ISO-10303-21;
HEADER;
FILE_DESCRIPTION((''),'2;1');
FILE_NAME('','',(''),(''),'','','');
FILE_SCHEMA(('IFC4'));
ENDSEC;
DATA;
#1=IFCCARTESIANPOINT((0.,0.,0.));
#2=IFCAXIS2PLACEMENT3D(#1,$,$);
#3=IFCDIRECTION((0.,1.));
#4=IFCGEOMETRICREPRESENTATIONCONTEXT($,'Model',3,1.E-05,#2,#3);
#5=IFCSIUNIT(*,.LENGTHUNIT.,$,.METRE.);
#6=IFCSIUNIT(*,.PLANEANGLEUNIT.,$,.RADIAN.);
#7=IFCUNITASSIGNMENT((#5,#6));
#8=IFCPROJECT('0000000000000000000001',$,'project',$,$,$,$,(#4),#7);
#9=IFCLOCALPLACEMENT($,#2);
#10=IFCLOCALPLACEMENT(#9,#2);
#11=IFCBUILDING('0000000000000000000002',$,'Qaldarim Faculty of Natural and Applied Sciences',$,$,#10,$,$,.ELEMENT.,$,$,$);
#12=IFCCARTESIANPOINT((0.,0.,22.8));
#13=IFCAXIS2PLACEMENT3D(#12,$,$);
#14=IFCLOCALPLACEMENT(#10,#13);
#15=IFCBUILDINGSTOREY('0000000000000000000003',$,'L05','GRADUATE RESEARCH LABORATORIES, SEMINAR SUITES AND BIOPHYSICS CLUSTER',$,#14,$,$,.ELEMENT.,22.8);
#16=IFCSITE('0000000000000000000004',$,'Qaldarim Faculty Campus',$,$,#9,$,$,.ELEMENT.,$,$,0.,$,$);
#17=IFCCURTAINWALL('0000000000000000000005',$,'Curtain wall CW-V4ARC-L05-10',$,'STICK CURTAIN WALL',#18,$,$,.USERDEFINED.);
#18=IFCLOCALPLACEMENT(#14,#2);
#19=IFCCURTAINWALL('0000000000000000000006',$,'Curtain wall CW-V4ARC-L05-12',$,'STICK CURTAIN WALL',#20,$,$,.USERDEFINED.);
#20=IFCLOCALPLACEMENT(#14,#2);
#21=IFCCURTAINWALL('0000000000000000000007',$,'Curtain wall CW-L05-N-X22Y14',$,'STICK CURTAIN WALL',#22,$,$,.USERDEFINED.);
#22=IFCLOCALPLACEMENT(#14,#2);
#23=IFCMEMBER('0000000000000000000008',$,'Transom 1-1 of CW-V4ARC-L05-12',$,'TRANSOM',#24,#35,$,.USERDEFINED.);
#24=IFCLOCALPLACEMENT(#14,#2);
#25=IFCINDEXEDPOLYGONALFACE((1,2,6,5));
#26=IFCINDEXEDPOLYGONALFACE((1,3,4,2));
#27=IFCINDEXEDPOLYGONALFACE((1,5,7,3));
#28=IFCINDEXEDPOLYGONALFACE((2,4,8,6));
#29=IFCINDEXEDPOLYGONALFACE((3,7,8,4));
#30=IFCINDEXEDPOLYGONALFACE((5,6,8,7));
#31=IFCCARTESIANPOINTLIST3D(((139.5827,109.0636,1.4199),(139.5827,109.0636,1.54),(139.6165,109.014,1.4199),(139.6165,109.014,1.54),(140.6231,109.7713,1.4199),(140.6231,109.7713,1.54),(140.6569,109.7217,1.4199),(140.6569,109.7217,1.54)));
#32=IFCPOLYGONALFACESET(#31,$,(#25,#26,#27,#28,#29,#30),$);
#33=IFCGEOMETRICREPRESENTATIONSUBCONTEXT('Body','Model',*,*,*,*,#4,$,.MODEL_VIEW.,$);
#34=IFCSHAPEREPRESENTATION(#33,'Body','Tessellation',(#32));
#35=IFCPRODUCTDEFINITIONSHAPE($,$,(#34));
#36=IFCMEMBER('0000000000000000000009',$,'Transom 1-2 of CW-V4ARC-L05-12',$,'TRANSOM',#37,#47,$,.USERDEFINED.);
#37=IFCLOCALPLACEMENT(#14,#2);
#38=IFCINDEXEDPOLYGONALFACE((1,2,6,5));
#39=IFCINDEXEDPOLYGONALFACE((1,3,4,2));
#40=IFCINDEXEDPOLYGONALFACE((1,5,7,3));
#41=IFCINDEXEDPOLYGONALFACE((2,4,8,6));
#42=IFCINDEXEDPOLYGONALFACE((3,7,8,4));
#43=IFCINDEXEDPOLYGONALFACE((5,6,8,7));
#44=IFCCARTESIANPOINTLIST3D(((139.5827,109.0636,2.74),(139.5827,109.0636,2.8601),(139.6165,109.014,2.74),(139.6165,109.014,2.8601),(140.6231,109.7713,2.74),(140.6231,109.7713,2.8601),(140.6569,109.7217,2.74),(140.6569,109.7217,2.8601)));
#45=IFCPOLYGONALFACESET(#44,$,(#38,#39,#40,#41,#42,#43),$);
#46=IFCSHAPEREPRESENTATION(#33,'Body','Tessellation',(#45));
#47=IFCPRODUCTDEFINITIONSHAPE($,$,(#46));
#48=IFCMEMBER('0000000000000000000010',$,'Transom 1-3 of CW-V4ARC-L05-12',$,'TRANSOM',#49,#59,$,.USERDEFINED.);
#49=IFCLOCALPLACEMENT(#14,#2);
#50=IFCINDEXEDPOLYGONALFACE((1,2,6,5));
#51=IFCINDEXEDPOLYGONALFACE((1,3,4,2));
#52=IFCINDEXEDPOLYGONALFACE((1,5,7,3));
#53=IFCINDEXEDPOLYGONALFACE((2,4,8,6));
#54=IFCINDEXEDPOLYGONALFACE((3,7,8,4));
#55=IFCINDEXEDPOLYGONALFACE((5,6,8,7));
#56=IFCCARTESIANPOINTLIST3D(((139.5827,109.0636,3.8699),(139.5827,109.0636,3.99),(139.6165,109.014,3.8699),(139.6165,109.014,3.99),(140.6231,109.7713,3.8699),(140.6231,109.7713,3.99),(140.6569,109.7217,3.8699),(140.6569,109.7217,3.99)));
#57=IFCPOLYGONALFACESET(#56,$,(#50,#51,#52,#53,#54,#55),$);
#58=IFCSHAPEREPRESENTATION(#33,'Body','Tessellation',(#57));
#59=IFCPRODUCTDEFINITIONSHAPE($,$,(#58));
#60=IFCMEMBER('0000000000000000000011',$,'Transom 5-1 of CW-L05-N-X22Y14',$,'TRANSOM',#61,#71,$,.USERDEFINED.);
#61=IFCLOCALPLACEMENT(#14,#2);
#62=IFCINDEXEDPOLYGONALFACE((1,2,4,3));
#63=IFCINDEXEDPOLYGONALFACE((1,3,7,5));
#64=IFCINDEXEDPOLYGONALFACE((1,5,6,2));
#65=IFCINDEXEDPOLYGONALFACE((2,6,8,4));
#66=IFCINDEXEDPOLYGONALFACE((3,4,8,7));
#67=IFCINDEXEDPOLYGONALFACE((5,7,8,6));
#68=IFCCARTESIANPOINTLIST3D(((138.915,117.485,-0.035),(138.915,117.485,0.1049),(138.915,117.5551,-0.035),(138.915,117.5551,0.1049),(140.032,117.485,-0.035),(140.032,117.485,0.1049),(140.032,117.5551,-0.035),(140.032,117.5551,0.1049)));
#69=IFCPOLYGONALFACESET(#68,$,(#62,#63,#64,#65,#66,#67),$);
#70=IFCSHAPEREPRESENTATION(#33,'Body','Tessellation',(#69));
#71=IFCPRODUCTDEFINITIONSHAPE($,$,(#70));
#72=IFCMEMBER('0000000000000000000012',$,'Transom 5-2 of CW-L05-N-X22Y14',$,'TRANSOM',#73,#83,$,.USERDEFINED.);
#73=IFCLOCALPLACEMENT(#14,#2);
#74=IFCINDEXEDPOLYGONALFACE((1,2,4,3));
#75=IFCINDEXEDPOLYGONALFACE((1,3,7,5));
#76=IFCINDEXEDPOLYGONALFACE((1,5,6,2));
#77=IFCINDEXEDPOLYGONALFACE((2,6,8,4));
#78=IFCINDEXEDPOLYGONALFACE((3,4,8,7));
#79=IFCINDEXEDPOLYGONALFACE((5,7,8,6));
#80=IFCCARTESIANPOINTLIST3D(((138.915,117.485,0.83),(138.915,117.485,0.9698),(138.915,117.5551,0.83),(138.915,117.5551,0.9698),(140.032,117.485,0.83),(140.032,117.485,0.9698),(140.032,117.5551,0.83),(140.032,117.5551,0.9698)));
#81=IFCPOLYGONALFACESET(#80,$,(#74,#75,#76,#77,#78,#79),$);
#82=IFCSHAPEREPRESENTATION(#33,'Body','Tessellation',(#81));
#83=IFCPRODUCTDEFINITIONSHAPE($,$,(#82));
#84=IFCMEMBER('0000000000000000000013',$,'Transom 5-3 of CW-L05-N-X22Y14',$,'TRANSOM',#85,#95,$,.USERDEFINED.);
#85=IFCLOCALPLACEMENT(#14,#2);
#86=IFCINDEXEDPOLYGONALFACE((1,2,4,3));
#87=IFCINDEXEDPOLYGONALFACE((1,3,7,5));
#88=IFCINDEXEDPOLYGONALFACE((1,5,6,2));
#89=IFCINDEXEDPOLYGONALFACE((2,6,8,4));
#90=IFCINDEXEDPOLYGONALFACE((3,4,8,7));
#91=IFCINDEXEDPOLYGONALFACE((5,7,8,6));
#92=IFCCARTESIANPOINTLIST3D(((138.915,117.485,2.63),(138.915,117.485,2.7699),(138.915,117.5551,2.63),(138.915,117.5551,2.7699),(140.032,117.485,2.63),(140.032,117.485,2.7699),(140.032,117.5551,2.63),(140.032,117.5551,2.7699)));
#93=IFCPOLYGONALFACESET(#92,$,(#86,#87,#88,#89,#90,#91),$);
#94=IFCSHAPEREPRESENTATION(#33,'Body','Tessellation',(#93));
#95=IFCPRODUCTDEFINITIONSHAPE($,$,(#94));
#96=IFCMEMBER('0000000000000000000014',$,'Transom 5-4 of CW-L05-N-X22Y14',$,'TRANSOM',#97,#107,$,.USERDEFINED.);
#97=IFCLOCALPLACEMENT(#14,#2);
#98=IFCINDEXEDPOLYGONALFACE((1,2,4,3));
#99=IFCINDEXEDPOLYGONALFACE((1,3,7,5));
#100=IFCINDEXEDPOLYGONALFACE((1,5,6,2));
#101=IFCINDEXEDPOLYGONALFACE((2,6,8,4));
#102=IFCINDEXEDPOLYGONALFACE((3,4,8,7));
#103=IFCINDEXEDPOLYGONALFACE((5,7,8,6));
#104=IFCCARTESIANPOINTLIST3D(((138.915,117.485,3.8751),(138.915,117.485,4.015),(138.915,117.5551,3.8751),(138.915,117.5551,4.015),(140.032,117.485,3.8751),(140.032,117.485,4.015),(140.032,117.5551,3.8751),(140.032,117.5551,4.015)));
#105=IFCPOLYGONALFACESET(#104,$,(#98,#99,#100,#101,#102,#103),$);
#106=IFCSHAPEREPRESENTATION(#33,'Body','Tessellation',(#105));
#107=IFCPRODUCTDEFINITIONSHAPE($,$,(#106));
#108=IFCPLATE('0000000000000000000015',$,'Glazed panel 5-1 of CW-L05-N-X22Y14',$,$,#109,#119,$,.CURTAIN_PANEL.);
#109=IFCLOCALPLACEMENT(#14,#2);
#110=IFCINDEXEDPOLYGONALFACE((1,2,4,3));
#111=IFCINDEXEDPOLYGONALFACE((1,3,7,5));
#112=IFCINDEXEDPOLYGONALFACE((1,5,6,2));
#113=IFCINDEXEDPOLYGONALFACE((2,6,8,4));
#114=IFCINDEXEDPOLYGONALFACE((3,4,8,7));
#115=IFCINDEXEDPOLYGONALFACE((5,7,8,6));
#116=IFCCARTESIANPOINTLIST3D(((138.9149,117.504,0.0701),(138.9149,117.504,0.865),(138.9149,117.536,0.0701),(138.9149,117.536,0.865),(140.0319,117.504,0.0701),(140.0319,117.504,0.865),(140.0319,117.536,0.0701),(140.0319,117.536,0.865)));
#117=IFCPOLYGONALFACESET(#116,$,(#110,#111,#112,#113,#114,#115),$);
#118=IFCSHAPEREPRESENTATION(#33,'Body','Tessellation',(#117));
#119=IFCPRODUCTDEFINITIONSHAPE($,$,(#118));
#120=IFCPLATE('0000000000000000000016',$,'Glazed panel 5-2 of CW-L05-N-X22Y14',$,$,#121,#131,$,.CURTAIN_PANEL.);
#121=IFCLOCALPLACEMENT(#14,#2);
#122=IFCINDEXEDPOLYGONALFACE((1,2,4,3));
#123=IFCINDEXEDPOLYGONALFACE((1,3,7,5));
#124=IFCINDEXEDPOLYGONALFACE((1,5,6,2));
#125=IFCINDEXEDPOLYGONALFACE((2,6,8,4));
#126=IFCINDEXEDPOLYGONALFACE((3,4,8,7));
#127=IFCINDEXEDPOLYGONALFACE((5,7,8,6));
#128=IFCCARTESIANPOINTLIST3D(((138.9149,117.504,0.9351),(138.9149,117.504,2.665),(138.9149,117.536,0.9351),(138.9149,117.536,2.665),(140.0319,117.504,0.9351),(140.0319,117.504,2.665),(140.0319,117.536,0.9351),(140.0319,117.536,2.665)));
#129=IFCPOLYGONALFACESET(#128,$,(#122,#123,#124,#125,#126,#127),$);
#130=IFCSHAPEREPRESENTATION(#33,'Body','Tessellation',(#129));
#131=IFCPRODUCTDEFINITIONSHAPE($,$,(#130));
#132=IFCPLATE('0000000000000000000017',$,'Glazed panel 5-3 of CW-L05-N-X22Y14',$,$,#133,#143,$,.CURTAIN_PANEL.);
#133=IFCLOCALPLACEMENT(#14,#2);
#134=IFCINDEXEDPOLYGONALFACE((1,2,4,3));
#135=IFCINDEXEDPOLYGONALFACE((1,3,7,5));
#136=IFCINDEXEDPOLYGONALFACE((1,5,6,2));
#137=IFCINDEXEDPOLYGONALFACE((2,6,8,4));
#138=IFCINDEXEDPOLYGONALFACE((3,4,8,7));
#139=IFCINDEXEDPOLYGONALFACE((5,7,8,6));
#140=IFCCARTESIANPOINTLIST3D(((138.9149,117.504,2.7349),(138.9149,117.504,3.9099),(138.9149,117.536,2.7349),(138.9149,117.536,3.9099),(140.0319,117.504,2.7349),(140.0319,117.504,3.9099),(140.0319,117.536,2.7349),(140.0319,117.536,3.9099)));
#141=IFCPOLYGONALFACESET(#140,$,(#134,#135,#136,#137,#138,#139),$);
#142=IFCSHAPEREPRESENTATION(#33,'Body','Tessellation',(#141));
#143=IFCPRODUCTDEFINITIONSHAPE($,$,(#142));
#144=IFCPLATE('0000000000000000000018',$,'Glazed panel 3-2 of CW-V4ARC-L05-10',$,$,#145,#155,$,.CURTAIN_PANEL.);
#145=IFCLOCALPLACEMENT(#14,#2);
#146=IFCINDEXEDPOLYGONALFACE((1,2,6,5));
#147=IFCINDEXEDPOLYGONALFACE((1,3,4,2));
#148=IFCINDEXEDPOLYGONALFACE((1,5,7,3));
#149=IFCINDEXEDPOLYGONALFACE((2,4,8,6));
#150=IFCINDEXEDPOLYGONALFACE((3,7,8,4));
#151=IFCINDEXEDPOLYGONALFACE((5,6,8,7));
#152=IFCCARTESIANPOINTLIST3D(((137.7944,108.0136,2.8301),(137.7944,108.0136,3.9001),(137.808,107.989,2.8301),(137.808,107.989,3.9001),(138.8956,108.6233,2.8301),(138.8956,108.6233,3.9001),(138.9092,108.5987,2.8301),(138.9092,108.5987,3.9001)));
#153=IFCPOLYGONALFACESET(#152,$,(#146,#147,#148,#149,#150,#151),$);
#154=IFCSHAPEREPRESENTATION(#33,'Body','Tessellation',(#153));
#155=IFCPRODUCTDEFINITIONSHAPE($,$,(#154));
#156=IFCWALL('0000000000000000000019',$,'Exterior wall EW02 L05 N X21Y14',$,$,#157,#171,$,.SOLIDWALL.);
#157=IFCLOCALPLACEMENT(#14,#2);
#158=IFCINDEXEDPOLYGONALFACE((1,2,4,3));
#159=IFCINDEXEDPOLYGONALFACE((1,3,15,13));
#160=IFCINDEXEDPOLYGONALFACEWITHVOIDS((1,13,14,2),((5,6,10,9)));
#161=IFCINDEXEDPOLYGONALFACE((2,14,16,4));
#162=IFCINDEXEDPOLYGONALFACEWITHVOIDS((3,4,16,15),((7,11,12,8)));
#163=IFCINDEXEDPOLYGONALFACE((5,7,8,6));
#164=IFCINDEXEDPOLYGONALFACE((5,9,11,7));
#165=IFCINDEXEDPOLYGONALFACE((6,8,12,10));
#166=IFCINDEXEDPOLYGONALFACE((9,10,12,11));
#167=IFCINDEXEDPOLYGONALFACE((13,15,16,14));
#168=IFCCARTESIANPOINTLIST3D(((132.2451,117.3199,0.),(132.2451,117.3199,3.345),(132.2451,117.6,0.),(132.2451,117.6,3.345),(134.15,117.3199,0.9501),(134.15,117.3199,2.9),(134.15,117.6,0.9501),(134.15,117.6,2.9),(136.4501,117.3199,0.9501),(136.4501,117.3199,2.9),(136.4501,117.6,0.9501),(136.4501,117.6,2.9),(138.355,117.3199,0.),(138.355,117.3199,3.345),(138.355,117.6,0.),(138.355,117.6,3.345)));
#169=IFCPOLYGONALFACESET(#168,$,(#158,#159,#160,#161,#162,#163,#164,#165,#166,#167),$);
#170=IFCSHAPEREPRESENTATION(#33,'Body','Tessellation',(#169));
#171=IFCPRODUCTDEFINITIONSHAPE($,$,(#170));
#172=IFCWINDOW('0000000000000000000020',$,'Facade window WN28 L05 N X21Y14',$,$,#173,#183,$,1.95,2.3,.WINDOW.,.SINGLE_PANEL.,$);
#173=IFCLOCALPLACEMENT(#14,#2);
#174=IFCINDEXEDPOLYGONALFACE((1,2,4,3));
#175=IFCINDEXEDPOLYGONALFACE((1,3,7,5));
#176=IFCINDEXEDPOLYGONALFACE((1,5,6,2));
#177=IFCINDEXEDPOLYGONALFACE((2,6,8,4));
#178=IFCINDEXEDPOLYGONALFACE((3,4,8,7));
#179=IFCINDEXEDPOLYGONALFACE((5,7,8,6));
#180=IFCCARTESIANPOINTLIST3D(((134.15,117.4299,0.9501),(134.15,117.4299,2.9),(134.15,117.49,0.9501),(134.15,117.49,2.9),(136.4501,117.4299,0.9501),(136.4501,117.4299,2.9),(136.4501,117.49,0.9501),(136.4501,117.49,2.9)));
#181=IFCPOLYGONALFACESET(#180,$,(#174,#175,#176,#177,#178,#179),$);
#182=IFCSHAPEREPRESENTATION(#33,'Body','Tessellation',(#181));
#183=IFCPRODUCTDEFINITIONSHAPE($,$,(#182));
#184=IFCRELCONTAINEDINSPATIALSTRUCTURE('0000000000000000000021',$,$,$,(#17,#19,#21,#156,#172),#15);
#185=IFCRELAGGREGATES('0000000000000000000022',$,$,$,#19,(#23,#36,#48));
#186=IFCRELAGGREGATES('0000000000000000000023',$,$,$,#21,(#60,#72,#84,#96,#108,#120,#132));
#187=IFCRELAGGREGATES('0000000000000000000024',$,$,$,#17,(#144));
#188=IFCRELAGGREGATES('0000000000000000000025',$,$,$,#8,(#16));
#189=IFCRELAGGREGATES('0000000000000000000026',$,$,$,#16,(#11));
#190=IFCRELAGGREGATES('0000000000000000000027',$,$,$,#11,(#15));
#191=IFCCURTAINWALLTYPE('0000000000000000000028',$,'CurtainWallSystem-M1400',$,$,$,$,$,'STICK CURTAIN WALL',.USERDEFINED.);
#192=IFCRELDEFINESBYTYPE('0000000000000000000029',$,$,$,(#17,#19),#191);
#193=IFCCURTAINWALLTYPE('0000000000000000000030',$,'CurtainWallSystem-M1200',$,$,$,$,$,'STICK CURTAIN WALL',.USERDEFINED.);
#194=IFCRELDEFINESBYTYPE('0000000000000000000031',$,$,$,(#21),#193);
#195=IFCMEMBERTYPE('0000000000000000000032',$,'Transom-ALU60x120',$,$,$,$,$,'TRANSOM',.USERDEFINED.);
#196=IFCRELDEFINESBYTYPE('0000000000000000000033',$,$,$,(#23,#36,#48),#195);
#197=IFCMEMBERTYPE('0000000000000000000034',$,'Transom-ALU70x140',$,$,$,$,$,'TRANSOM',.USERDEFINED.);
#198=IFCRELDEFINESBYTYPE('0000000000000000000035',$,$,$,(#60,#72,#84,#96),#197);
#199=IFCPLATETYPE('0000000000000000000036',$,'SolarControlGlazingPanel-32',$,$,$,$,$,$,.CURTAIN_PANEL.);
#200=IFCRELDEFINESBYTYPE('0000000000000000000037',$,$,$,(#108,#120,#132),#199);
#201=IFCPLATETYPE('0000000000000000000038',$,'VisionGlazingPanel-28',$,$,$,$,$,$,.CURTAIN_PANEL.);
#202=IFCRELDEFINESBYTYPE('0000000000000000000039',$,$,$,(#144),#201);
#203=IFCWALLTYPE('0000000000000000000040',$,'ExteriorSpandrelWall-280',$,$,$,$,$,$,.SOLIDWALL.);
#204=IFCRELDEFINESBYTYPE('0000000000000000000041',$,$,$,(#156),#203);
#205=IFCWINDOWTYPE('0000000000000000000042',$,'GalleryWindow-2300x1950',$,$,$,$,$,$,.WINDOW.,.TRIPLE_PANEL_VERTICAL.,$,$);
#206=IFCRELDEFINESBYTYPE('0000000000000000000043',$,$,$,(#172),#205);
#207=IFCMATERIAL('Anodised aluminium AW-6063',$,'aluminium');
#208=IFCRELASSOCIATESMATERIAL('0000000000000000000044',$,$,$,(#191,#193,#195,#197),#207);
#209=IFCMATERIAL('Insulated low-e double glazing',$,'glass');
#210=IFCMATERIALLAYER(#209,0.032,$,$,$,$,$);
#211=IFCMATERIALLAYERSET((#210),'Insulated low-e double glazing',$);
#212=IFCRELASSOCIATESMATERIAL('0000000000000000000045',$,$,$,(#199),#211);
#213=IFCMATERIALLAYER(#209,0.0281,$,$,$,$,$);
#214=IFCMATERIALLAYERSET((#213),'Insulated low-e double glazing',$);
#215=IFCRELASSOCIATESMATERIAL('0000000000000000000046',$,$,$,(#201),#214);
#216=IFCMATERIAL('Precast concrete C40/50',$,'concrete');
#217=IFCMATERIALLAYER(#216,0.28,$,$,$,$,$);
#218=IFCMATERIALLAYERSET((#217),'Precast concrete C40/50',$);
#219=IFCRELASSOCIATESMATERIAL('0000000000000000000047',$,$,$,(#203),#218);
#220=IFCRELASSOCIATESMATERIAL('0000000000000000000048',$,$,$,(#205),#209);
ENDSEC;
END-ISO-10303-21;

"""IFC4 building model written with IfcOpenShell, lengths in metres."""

from ifc_helpers import new_model, si_unit, direction, frame, frame_2d, origin, origin_2d, place, context, subcontext, project, spatial, rectangle, extrude, material, layer, layer_set, material_profile, profile_set, type_object, element, fill, aggregate, save


model = new_model("IFC4")

# Units and contexts
model_context = context("Model", 3, precision=1e-05, world=origin(), true_north=direction((0.0, 1.0)))
body_context = subcontext(model_context, "Body", "Model", "MODEL_VIEW")
ifc_project = project(units=[si_unit("LENGTHUNIT", "METRE"), si_unit("PLANEANGLEUNIT", "RADIAN")], contexts=[model_context])

# Site, building, storey
site_placement = place(None, origin())
site = spatial("IfcSite", under=ifc_project, at=site_placement, Name="Qaldarim Faculty Campus", CompositionType="ELEMENT", RefElevation=0.0)
building_placement = place(site_placement, origin())
building = spatial("IfcBuilding", under=site, at=building_placement, Name="Qaldarim Faculty of Natural and Applied Sciences", CompositionType="ELEMENT")
storey_placement = place(building_placement, frame((0.0, 0.0, 22.8)))
storey = spatial("IfcBuildingStorey", under=building, at=storey_placement, Name="L05", Description="GRADUATE RESEARCH LABORATORIES, SEMINAR SUITES AND BIOPHYSICS CLUSTER", CompositionType="ELEMENT", Elevation=22.8)

# Curtain walls
ifc_material_1 = material(Name="Anodised aluminium AW-6063", Category="aluminium")
curtain_wall_type_1 = type_object("IfcCurtainWallType", Name="CurtainWallSystem-M1400", ElementType="STICK CURTAIN WALL", PredefinedType="USERDEFINED", material=ifc_material_1)
curtain_wall_1_placement = place(storey_placement, origin())
curtain_wall_1 = element("IfcCurtainWall", 1, at=curtain_wall_1_placement, inside=storey, type_object=curtain_wall_type_1, Name="Curtain wall CW-V4ARC-L05-10", ObjectType="STICK CURTAIN WALL", PredefinedType="USERDEFINED")
curtain_wall_2_placement = place(storey_placement, origin())
curtain_wall_2 = element("IfcCurtainWall", 2, at=curtain_wall_2_placement, inside=storey, type_object=curtain_wall_type_1, Name="Curtain wall CW-V4ARC-L05-12", ObjectType="STICK CURTAIN WALL", PredefinedType="USERDEFINED")
curtain_wall_type_2 = type_object("IfcCurtainWallType", Name="CurtainWallSystem-M1200", ElementType="STICK CURTAIN WALL", PredefinedType="USERDEFINED", material=ifc_material_1)
curtain_wall_3_placement = place(storey_placement, origin())
curtain_wall_3 = element("IfcCurtainWall", 3, at=curtain_wall_3_placement, inside=storey, type_object=curtain_wall_type_2, Name="Curtain wall CW-L05-N-X22Y14", ObjectType="STICK CURTAIN WALL", PredefinedType="USERDEFINED")

# Shared definitions
ifc_material_2 = material(Name="Precast concrete C40/50", Category="concrete")

# Members
ifc_material_profile_1 = material_profile(ifc_material_1, rectangle(XDim=0.0601, YDim=0.1201, at=origin_2d()), Name="ALU-T60x120")
ifc_profile_set_1 = profile_set([ifc_material_profile_1], Name="Anodised aluminium AW-6063")
member_type_1 = type_object("IfcMemberType", Name="Transom-ALU60x120", ElementType="TRANSOM", PredefinedType="USERDEFINED", material=ifc_profile_set_1)
member_1_placement = place(storey_placement, frame((139.5996, 109.0388, 1.48), z_axis=(0.826851, 0.562421, 0.0), x_axis=(-0.562421, 0.826851, 0.0)))
member_1 = element("IfcMember", 4, at=member_1_placement, type_object=member_type_1, Name="Transom 1-1 of CW-V4ARC-L05-12", ObjectType="TRANSOM", PredefinedType="USERDEFINED", context=body_context, shape_type="SweptSolid", body=[
    extrude(rectangle(XDim=0.0601, YDim=0.1201, at=origin_2d()), origin(), (0.0, 0.0, 1.0), 1.2583),
])
member_2_placement = place(storey_placement, frame((139.5996, 109.0388, 2.8), z_axis=(0.826851, 0.562421, 0.0), x_axis=(-0.562421, 0.826851, 0.0)))
member_2 = element("IfcMember", 5, at=member_2_placement, type_object=member_type_1, Name="Transom 1-2 of CW-V4ARC-L05-12", ObjectType="TRANSOM", PredefinedType="USERDEFINED", context=body_context, shape_type="SweptSolid", body=[
    extrude(rectangle(XDim=0.0601, YDim=0.1201, at=origin_2d()), origin(), (0.0, 0.0, 1.0), 1.2583),
])
member_3_placement = place(storey_placement, frame((139.5996, 109.0388, 3.9299), z_axis=(0.826851, 0.562421, 0.0), x_axis=(-0.562421, 0.826851, 0.0)))
member_3 = element("IfcMember", 6, at=member_3_placement, type_object=member_type_1, Name="Transom 1-3 of CW-V4ARC-L05-12", ObjectType="TRANSOM", PredefinedType="USERDEFINED", context=body_context, shape_type="SweptSolid", body=[
    extrude(rectangle(XDim=0.0601, YDim=0.1201, at=origin_2d()), origin(), (0.0, 0.0, 1.0), 1.2583),
])
aggregate(curtain_wall_2, [member_1, member_2, member_3])
ifc_material_profile_2 = material_profile(ifc_material_1, rectangle(XDim=0.0701, YDim=0.1399, at=origin_2d()), Name="ALU-T70x140")
ifc_profile_set_2 = profile_set([ifc_material_profile_2], Name="Anodised aluminium AW-6063")
member_type_2 = type_object("IfcMemberType", Name="Transom-ALU70x140", ElementType="TRANSOM", PredefinedType="USERDEFINED", material=ifc_profile_set_2)
member_4_placement = place(storey_placement, frame((140.032, 117.52, 0.0349), z_axis=(-1.0, 0.0, 0.0), x_axis=(0.0, -1.0, 0.0)))
member_4 = element("IfcMember", 7, at=member_4_placement, type_object=member_type_2, Name="Transom 5-1 of CW-L05-N-X22Y14", ObjectType="TRANSOM", PredefinedType="USERDEFINED", context=body_context, shape_type="SweptSolid", body=[
    extrude(rectangle(XDim=0.0701, YDim=0.1399, at=origin_2d()), origin(), (0.0, 0.0, 1.0), 1.1169),
])
member_5_placement = place(storey_placement, frame((140.032, 117.52, 0.8999), z_axis=(-1.0, 0.0, 0.0), x_axis=(0.0, -1.0, 0.0)))
member_5 = element("IfcMember", 8, at=member_5_placement, type_object=member_type_2, Name="Transom 5-2 of CW-L05-N-X22Y14", ObjectType="TRANSOM", PredefinedType="USERDEFINED", context=body_context, shape_type="SweptSolid", body=[
    extrude(rectangle(XDim=0.0701, YDim=0.1399, at=origin_2d()), origin(), (0.0, 0.0, 1.0), 1.1169),
])
member_6_placement = place(storey_placement, frame((140.032, 117.52, 2.7), z_axis=(-1.0, 0.0, 0.0), x_axis=(0.0, -1.0, 0.0)))
member_6 = element("IfcMember", 9, at=member_6_placement, type_object=member_type_2, Name="Transom 5-3 of CW-L05-N-X22Y14", ObjectType="TRANSOM", PredefinedType="USERDEFINED", context=body_context, shape_type="SweptSolid", body=[
    extrude(rectangle(XDim=0.0701, YDim=0.1399, at=origin_2d()), origin(), (0.0, 0.0, 1.0), 1.1169),
])
member_7_placement = place(storey_placement, frame((140.032, 117.52, 3.9451), z_axis=(-1.0, 0.0, 0.0), x_axis=(0.0, -1.0, 0.0)))
member_7 = element("IfcMember", 10, at=member_7_placement, type_object=member_type_2, Name="Transom 5-4 of CW-L05-N-X22Y14", ObjectType="TRANSOM", PredefinedType="USERDEFINED", context=body_context, shape_type="SweptSolid", body=[
    extrude(rectangle(XDim=0.0701, YDim=0.1399, at=origin_2d()), origin(), (0.0, 0.0, 1.0), 1.1169),
])

# Plates
ifc_material_3 = material(Name="Insulated low-e double glazing", Category="glass")
ifc_layer_1 = layer(ifc_material_3, 0.032)
ifc_layer_set_1 = layer_set([ifc_layer_1], Name="Insulated low-e double glazing")
plate_type_1 = type_object("IfcPlateType", Name="SolarControlGlazingPanel-32", PredefinedType="CURTAIN_PANEL", material=ifc_layer_set_1)
plate_1_placement = place(storey_placement, frame((139.4734, 117.52, 0.0701), z_axis=(0.0, 0.0, 1.0), x_axis=(-1.0, 0.0, 0.0)))
plate_1 = element("IfcPlate", 11, at=plate_1_placement, type_object=plate_type_1, Name="Glazed panel 5-1 of CW-L05-N-X22Y14", PredefinedType="CURTAIN_PANEL", context=body_context, shape_type="SweptSolid", body=[
    extrude(rectangle(XDim=1.1169, YDim=0.032, at=origin_2d()), origin(), (0.0, 0.0, 1.0), 0.7949),
])
plate_2_placement = place(storey_placement, frame((139.4734, 117.52, 0.9351), z_axis=(0.0, 0.0, 1.0), x_axis=(-1.0, 0.0, 0.0)))
plate_2 = element("IfcPlate", 12, at=plate_2_placement, type_object=plate_type_1, Name="Glazed panel 5-2 of CW-L05-N-X22Y14", PredefinedType="CURTAIN_PANEL", context=body_context, shape_type="SweptSolid", body=[
    extrude(rectangle(XDim=1.1169, YDim=0.032, at=origin_2d()), origin(), (0.0, 0.0, 1.0), 1.73),
])
plate_3_placement = place(storey_placement, frame((139.4734, 117.52, 2.7349), z_axis=(0.0, 0.0, 1.0), x_axis=(-1.0, 0.0, 0.0)))
plate_3 = element("IfcPlate", 13, at=plate_3_placement, type_object=plate_type_1, Name="Glazed panel 5-3 of CW-L05-N-X22Y14", PredefinedType="CURTAIN_PANEL", context=body_context, shape_type="SweptSolid", body=[
    extrude(rectangle(XDim=1.1169, YDim=0.032, at=origin_2d()), origin(), (0.0, 0.0, 1.0), 1.175),
])
aggregate(curtain_wall_3, [member_4, member_5, member_6, member_7, plate_1, plate_2, plate_3])
ifc_layer_2 = layer(ifc_material_3, 0.0281)
ifc_layer_set_2 = layer_set([ifc_layer_2], Name="Insulated low-e double glazing")
plate_type_2 = type_object("IfcPlateType", Name="VisionGlazingPanel-28", PredefinedType="CURTAIN_PANEL", material=ifc_layer_set_2)
plate_4_placement = place(storey_placement, frame((138.3518, 108.3062, 2.8301), z_axis=(0.0, 0.0, 1.0), x_axis=(0.874857, 0.484382, 0.0)))
plate_4 = element("IfcPlate", 14, at=plate_4_placement, type_object=plate_type_2, Name="Glazed panel 3-2 of CW-V4ARC-L05-10", PredefinedType="CURTAIN_PANEL", context=body_context, shape_type="SweptSolid", body=[
    extrude(rectangle(XDim=1.2588, YDim=0.0281, at=origin_2d()), origin(), (0.0, 0.0, 1.0), 1.0701),
])
aggregate(curtain_wall_1, [plate_4])

# Wall, opening, window
ifc_layer_3 = layer(ifc_material_2, 0.28)
ifc_layer_set_3 = layer_set([ifc_layer_3], Name="Precast concrete C40/50")
wall_type_1 = type_object("IfcWallType", Name="ExteriorSpandrelWall-280", PredefinedType="SOLIDWALL", material=ifc_layer_set_3)
wall_1_placement = place(storey_placement, frame((138.355, 117.46, 0.0), z_axis=(0.0, 0.0, 1.0), x_axis=(-1.0, 0.0, 0.0)))
wall_1 = element("IfcWall", 15, at=wall_1_placement, inside=storey, type_object=wall_type_1, Name="Exterior wall EW02 L05 N X21Y14", PredefinedType="SOLIDWALL", context=body_context, shape_type="SweptSolid", body=[
    extrude(rectangle(XDim=6.1099, YDim=0.28, at=frame_2d((3.0549, 0.0))), origin(), (0.0, 0.0, 1.0), 3.345),
])
opening_placement = place(wall_1_placement, frame((1.905, 0.0, 0.95)))
opening = element("IfcOpeningElement", 16, at=opening_placement, cuts=wall_1, PredefinedType="OPENING", context=body_context, shape_type="SweptSolid", body=[
    extrude(rectangle(XDim=2.3, YDim=1.95, at=frame_2d((1.1499, 0.9751))), frame((0.0, 0.1499, 0.0), z_axis=(0.0, -1.0, 0.0), x_axis=(1.0, 0.0, 0.0)), (0.0, 0.0, 1.0), 0.3),
])
window_type = type_object("IfcWindowType", Name="GalleryWindow-2300x1950", PartitioningType="TRIPLE_PANEL_VERTICAL", PredefinedType="WINDOW", material=ifc_material_3)
window_placement = place(opening_placement, origin())
window = element("IfcWindow", 17, at=window_placement, inside=storey, type_object=window_type, Name="Facade window WN28 L05 N X21Y14", OverallHeight=1.95, OverallWidth=2.3, PartitioningType="SINGLE_PANEL", PredefinedType="WINDOW", context=body_context, shape_type="SweptSolid", body=[
    extrude(rectangle(XDim=2.3, YDim=1.95, at=frame_2d((1.1499, 0.9751))), frame((0.0, 0.03, 0.0), z_axis=(0.0, -1.0, 0.0), x_axis=(1.0, 0.0, 0.0)), (0.0, 0.0, 1.0), 0.0601),
])
fill(opening, window)

save(model, "model.ifc")
